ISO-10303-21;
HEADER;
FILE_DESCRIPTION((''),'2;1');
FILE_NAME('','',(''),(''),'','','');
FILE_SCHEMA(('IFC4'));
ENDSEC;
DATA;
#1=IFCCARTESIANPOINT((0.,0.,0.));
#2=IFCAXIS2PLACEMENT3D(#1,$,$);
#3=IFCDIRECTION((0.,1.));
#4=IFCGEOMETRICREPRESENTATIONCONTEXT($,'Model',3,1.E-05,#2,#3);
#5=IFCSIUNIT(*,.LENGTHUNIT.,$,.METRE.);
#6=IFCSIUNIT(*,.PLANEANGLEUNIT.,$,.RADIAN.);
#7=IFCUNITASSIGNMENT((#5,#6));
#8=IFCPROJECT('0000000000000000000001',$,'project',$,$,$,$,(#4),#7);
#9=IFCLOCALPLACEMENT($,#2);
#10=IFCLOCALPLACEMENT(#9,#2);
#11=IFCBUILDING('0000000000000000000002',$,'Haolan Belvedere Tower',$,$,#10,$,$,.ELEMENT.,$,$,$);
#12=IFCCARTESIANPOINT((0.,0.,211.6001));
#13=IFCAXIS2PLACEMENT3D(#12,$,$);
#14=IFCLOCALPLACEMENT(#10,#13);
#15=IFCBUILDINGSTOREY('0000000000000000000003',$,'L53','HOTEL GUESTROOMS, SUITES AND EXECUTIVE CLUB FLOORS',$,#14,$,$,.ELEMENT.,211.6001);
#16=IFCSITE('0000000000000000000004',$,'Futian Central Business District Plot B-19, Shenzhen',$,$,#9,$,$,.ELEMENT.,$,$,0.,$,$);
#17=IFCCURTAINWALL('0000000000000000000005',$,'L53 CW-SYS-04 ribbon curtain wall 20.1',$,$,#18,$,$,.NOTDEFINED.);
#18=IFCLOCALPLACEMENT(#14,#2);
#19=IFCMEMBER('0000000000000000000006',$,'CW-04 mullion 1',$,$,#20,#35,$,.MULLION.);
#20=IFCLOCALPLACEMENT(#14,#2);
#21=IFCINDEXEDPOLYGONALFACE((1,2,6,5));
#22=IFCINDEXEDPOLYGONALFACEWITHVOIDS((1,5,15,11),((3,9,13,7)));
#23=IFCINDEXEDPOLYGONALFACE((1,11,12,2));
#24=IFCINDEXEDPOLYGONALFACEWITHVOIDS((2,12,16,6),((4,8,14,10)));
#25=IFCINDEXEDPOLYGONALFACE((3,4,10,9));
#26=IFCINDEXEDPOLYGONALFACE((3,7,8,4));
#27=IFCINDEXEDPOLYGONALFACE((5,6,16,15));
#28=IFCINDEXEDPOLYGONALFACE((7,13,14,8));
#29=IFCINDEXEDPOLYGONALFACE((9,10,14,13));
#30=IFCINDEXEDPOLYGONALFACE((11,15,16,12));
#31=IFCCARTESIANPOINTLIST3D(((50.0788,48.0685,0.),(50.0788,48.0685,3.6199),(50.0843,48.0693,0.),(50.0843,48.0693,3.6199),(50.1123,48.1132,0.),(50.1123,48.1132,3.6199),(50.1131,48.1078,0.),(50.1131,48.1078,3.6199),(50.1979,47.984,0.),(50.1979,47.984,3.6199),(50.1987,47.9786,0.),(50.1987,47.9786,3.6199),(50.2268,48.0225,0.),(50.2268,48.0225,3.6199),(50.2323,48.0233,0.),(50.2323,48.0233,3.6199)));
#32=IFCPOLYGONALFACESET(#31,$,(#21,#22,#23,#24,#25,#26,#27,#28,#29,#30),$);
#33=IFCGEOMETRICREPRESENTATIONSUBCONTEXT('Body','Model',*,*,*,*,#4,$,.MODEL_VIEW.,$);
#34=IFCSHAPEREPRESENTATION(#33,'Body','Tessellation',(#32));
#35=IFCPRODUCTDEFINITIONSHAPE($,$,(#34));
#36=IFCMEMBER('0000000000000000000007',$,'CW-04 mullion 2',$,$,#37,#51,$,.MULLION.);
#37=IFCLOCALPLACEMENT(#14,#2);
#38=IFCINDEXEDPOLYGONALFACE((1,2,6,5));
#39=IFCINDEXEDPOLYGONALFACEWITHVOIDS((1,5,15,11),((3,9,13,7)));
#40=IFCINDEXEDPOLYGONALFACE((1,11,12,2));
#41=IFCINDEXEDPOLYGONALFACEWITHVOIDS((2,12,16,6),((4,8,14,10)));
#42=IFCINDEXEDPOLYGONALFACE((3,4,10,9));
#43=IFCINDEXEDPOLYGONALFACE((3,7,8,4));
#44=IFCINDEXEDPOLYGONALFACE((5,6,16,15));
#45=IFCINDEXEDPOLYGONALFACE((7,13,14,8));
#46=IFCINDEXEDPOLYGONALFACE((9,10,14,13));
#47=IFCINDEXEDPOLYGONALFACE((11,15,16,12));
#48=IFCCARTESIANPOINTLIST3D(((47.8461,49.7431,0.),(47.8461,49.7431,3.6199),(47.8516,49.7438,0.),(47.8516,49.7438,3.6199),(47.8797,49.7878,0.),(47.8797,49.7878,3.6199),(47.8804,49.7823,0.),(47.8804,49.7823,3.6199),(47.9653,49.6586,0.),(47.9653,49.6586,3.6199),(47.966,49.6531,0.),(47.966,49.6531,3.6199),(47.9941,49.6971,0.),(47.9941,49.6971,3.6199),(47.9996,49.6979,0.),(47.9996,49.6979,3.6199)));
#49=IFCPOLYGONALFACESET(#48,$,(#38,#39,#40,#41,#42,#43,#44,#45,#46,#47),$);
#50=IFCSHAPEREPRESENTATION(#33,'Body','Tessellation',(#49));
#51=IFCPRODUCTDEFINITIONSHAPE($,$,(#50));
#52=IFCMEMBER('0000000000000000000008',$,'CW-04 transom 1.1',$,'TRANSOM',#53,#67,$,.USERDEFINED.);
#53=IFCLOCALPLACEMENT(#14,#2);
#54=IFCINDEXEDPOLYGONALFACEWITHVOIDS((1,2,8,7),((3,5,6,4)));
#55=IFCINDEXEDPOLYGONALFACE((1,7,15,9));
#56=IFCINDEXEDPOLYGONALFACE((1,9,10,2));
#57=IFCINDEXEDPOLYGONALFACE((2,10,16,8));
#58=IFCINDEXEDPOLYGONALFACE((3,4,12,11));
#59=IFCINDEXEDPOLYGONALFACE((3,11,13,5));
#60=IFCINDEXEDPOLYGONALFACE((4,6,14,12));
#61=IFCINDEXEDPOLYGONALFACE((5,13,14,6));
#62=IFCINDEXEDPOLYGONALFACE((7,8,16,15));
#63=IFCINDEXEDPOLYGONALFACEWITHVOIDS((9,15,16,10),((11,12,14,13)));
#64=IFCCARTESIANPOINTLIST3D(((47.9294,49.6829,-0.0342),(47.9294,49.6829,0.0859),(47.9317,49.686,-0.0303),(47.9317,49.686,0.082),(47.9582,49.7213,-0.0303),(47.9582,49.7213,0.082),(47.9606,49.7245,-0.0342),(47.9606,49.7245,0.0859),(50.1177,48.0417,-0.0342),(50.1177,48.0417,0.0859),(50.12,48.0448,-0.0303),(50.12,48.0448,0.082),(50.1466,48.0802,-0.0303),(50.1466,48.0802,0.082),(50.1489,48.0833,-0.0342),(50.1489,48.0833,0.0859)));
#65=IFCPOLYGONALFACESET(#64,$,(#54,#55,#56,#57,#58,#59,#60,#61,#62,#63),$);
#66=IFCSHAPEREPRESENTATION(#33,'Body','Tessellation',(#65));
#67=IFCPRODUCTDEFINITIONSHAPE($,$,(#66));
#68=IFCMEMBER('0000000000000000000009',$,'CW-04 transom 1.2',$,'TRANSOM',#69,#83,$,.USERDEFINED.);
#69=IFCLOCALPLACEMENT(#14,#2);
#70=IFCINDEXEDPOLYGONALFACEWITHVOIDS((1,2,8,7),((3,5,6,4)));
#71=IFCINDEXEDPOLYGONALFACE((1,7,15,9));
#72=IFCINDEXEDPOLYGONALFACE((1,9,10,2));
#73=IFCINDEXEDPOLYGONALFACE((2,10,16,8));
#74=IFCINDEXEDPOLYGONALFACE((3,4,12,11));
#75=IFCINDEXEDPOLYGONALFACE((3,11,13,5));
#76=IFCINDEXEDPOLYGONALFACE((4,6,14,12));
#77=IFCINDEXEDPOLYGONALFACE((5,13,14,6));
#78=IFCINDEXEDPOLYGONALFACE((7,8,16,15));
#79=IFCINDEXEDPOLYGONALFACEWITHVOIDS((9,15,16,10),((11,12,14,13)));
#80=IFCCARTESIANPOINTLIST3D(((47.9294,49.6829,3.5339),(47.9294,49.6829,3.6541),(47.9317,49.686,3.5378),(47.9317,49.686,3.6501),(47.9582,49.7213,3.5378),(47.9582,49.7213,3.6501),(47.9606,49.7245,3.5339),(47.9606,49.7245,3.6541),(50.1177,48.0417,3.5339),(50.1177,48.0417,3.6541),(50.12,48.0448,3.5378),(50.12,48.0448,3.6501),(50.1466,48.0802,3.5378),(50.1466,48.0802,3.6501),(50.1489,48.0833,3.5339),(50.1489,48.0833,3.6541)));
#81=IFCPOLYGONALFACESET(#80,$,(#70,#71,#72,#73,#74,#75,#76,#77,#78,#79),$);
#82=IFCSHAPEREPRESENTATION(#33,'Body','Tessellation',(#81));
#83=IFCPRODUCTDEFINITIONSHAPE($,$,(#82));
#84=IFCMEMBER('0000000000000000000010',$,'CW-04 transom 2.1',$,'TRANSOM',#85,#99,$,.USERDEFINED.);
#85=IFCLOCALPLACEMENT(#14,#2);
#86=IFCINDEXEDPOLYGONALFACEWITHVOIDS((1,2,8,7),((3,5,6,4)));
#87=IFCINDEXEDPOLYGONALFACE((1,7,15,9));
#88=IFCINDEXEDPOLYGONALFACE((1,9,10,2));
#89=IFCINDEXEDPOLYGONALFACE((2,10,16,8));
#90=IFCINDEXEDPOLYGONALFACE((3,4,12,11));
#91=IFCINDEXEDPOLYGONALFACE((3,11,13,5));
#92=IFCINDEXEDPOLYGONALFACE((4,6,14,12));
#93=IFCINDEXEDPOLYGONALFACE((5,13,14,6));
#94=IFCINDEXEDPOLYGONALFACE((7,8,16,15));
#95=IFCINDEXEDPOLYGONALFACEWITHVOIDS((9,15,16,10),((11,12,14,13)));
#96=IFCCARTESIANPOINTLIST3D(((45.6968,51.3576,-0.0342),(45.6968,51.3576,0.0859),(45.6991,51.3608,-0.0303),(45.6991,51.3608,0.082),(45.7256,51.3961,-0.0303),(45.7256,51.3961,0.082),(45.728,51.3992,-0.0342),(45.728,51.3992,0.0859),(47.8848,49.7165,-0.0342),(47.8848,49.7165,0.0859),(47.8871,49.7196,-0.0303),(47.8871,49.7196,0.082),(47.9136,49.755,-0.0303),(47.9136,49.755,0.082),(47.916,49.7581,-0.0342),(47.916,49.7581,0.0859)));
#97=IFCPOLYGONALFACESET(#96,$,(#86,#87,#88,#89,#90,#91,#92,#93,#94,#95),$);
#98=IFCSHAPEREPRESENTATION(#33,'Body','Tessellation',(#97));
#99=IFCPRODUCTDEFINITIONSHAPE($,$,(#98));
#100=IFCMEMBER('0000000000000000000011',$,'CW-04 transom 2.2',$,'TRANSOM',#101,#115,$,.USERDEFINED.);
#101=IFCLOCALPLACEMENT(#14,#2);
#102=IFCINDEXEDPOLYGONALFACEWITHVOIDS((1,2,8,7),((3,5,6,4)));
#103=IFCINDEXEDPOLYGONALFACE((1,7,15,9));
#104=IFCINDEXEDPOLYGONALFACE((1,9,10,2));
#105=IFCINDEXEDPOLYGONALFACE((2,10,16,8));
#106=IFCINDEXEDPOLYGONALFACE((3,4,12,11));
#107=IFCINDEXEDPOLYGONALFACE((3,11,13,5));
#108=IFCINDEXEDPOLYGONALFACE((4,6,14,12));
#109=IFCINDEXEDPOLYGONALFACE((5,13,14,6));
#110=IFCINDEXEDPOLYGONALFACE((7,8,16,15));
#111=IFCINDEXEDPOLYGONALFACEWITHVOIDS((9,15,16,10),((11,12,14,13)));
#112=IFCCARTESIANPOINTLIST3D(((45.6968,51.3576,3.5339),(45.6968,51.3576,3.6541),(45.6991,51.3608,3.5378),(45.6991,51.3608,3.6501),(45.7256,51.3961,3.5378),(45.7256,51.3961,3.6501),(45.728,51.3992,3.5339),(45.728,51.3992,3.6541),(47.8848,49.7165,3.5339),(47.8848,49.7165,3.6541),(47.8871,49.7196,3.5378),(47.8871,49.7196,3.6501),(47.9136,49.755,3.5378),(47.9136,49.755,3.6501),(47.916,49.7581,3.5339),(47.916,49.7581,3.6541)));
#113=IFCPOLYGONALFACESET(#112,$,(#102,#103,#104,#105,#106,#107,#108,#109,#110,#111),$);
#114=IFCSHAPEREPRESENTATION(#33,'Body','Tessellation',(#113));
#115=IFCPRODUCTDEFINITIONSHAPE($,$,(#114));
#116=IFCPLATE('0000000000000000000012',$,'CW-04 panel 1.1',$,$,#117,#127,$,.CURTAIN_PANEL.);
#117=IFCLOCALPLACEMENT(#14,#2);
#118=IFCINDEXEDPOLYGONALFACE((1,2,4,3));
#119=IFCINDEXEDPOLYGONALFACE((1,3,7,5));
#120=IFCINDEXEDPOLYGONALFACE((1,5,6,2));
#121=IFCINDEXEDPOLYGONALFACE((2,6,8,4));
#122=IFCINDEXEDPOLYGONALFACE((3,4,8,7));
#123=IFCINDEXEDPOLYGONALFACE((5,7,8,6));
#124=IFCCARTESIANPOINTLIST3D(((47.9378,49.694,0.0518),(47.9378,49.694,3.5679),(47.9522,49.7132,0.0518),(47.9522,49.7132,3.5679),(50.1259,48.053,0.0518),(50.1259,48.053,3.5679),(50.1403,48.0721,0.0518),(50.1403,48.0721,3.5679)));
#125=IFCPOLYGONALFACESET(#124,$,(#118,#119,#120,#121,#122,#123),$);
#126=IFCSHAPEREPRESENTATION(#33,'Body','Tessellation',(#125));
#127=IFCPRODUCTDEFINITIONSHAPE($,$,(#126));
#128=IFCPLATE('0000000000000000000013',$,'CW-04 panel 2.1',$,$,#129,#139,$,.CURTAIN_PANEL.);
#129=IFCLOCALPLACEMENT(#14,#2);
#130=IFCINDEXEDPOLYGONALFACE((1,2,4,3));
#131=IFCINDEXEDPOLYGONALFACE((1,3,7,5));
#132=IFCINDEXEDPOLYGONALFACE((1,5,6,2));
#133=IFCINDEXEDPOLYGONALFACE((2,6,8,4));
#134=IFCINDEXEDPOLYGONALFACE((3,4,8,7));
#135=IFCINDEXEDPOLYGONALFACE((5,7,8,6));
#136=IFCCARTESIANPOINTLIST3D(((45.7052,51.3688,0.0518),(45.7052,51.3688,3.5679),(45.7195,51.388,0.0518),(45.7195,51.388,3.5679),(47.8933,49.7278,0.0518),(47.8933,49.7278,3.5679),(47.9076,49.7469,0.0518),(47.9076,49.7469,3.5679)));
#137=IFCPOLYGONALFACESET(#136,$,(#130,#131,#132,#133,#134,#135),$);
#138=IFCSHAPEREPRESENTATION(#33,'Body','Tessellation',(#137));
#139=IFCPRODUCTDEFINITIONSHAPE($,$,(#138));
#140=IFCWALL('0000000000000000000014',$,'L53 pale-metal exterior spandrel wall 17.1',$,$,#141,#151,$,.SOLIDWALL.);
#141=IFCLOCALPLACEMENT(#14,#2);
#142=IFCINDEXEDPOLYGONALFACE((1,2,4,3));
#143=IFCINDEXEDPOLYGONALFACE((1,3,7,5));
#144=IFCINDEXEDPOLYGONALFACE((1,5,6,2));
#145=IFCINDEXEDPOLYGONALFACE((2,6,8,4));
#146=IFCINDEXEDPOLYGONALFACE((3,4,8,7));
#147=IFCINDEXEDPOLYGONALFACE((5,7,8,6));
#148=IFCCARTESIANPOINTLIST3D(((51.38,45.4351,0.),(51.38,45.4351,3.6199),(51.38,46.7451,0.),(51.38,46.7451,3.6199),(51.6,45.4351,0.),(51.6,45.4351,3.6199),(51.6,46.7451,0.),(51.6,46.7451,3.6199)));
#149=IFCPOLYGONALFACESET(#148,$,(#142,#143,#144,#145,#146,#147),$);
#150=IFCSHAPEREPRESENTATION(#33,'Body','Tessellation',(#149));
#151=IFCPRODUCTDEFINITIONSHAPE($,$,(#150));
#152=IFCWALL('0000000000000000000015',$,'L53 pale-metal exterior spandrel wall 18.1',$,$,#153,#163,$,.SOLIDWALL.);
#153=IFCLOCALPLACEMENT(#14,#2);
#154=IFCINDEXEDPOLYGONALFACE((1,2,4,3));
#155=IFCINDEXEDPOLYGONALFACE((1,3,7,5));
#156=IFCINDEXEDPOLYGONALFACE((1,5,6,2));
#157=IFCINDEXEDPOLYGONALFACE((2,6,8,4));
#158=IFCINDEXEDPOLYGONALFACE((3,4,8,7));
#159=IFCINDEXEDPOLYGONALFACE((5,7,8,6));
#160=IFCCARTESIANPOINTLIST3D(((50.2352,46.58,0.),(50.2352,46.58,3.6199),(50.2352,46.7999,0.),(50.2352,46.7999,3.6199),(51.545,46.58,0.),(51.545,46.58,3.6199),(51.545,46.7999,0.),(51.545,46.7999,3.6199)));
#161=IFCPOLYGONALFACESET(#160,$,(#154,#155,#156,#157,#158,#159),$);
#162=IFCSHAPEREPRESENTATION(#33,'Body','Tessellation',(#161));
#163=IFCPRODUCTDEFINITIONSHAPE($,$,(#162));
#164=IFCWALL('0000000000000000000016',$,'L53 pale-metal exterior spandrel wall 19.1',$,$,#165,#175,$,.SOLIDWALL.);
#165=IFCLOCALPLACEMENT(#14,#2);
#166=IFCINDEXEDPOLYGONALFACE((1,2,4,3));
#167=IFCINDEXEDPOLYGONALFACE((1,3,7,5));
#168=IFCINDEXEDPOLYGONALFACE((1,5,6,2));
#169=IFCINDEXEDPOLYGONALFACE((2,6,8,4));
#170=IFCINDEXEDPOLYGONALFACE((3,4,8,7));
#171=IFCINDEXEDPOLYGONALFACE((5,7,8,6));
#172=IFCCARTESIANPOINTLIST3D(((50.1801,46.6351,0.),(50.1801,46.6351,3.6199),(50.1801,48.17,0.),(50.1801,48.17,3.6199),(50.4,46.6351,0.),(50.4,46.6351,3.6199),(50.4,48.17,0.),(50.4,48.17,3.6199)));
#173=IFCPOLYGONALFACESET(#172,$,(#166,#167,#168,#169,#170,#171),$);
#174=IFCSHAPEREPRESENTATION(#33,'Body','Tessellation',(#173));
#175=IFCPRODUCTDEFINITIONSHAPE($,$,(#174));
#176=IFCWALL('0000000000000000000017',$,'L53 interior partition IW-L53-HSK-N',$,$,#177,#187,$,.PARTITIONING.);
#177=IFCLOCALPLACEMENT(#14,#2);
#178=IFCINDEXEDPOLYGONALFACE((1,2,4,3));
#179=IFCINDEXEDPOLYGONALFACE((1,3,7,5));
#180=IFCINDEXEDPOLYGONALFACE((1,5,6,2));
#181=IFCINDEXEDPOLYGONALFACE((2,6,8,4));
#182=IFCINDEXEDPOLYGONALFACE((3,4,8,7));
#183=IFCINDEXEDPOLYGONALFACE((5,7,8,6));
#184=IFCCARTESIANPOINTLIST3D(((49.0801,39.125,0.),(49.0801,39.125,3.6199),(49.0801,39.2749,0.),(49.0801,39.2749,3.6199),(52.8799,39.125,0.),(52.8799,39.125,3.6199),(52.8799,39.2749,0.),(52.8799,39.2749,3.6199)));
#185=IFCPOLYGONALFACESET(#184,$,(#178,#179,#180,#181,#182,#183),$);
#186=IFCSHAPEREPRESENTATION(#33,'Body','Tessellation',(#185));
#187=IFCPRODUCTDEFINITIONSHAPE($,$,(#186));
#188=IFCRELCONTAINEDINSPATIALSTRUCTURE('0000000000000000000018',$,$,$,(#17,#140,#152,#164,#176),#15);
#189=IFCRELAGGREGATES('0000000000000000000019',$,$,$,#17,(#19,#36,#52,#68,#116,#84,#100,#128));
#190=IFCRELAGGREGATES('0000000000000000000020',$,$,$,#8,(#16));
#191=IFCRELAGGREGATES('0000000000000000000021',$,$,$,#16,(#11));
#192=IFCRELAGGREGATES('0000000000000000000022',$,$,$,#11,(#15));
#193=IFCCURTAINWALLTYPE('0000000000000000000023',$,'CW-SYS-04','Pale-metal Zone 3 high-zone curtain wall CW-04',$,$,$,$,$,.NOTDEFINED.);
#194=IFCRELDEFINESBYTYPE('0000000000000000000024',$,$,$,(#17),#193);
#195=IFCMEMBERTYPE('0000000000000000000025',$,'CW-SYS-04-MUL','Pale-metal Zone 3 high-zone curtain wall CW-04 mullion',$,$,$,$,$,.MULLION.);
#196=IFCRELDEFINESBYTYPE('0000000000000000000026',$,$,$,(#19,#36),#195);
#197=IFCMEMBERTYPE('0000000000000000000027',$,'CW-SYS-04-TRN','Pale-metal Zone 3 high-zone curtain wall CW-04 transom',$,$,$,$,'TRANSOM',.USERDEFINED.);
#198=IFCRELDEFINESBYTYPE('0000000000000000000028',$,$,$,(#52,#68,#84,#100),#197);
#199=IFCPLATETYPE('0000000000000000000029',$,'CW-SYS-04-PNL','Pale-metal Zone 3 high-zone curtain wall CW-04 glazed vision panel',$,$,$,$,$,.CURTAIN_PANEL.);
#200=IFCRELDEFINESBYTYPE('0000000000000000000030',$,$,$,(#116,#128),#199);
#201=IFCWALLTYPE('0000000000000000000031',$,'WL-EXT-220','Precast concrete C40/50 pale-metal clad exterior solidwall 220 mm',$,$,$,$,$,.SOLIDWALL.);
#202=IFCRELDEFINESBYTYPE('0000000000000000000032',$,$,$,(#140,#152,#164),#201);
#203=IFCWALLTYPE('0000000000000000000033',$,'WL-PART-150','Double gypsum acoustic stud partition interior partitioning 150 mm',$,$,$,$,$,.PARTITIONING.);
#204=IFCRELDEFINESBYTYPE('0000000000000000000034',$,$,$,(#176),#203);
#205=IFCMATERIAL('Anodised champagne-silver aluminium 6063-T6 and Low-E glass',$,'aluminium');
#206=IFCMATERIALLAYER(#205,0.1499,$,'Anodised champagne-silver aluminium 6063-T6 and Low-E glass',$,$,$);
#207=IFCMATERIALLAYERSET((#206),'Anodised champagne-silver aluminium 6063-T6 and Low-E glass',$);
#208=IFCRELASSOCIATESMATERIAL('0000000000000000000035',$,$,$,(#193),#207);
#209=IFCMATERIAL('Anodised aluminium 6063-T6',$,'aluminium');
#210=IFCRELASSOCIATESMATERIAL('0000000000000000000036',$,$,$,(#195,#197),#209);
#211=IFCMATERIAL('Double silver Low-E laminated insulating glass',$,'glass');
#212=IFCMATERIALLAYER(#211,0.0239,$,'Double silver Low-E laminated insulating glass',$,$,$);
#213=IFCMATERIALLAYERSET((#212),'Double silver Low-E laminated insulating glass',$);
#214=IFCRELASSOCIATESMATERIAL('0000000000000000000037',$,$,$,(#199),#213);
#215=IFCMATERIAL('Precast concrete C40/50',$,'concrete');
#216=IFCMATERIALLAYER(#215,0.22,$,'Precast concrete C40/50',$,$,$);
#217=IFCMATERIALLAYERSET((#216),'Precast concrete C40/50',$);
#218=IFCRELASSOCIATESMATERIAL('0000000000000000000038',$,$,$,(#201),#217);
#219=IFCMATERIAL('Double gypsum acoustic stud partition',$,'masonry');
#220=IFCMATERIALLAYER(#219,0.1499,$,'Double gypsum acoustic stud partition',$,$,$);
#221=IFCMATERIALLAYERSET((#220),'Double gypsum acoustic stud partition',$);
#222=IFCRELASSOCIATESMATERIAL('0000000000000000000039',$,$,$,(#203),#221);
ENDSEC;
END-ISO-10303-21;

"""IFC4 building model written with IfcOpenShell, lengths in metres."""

from ifc_helpers import new_model, si_unit, direction, frame, frame_2d, origin, origin_2d, place, context, subcontext, project, spatial, rectangle, hollow_rectangle, extrude, material, layer, layer_set, material_profile, profile_set, type_object, element, aggregate, save


model = new_model("IFC4")

# Units and contexts
model_context = context("Model", 3, precision=1e-05, world=origin(), true_north=direction((0.0, 1.0)))
body_context = subcontext(model_context, "Body", "Model", "MODEL_VIEW")
ifc_project = project(units=[si_unit("LENGTHUNIT", "METRE"), si_unit("PLANEANGLEUNIT", "RADIAN")], contexts=[model_context])

# Site, building, storey
site_placement = place(None, origin())
site = spatial("IfcSite", under=ifc_project, at=site_placement, Name="Futian Central Business District Plot B-19, Shenzhen", CompositionType="ELEMENT", RefElevation=0.0)
building_placement = place(site_placement, origin())
building = spatial("IfcBuilding", under=site, at=building_placement, Name="Haolan Belvedere Tower", CompositionType="ELEMENT")
storey_placement = place(building_placement, frame((0.0, 0.0, 211.6001)))
storey = spatial("IfcBuildingStorey", under=building, at=storey_placement, Name="L53", Description="HOTEL GUESTROOMS, SUITES AND EXECUTIVE CLUB FLOORS", CompositionType="ELEMENT", Elevation=211.6001)

# Curtain wall, members, plates
ifc_material_1 = material(Name="Anodised champagne-silver aluminium 6063-T6 and Low-E glass", Category="aluminium")
ifc_layer_1 = layer(ifc_material_1, 0.1499, Name="Anodised champagne-silver aluminium 6063-T6 and Low-E glass")
ifc_layer_set_1 = layer_set([ifc_layer_1], Name="Anodised champagne-silver aluminium 6063-T6 and Low-E glass")
curtain_wall_type = type_object("IfcCurtainWallType", Name="CW-SYS-04", Description="Pale-metal Zone 3 high-zone curtain wall CW-04", PredefinedType="NOTDEFINED", material=ifc_layer_set_1)
curtain_wall_placement = place(storey_placement, origin())
curtain_wall = element("IfcCurtainWall", 1, at=curtain_wall_placement, inside=storey, type_object=curtain_wall_type, Name="L53 CW-SYS-04 ribbon curtain wall 20.1", PredefinedType="NOTDEFINED")
ifc_material_2 = material(Name="Anodised aluminium 6063-T6", Category="aluminium")
ifc_material_profile_1 = material_profile(ifc_material_2, hollow_rectangle(XDim=0.0559, YDim=0.1499, WallThickness=0.0039, at=origin_2d()), Name="Anodised aluminium 6063-T6")
ifc_profile_set_1 = profile_set([ifc_material_profile_1], Name="Anodised aluminium 6063-T6")
member_type_1 = type_object("IfcMemberType", Name="CW-SYS-04-MUL", Description="Pale-metal Zone 3 high-zone curtain wall CW-04 mullion", PredefinedType="MULLION", material=ifc_profile_set_1)
member_1_placement = place(storey_placement, frame((50.1555, 48.0459, 0.0), z_axis=(0.0, 0.0, 1.0), x_axis=(-0.600003, -0.799998, 0.0)))
member_1 = element("IfcMember", 2, at=member_1_placement, type_object=member_type_1, Name="CW-04 mullion 1", PredefinedType="MULLION", context=body_context, shape_type="SweptSolid", body=[
    extrude(hollow_rectangle(XDim=0.0559, YDim=0.1499, WallThickness=0.0039, at=origin_2d()), origin(), (0.0, 0.0, 1.0), 3.6199),
])
member_2_placement = place(storey_placement, frame((47.9229, 49.7205, 0.0), z_axis=(0.0, 0.0, 1.0), x_axis=(-0.600003, -0.799998, 0.0)))
member_2 = element("IfcMember", 3, at=member_2_placement, type_object=member_type_1, Name="CW-04 mullion 2", PredefinedType="MULLION", context=body_context, shape_type="SweptSolid", body=[
    extrude(hollow_rectangle(XDim=0.0559, YDim=0.1499, WallThickness=0.0039, at=origin_2d()), origin(), (0.0, 0.0, 1.0), 3.6199),
])
ifc_material_profile_2 = material_profile(ifc_material_2, hollow_rectangle(XDim=0.052, YDim=0.1201, WallThickness=0.0039, at=origin_2d()), Name="Anodised aluminium 6063-T6")
ifc_profile_set_2 = profile_set([ifc_material_profile_2], Name="Anodised aluminium 6063-T6")
member_type_2 = type_object("IfcMemberType", Name="CW-SYS-04-TRN", Description="Pale-metal Zone 3 high-zone curtain wall CW-04 transom", ElementType="TRANSOM", PredefinedType="USERDEFINED", material=ifc_profile_set_2)
member_3_placement = place(storey_placement, frame((50.1333, 48.0625, 0.0259), z_axis=(-0.800011, 0.599986, 0.0), x_axis=(-0.599986, -0.800011, 0.0)))
member_3 = element("IfcMember", 4, at=member_3_placement, type_object=member_type_2, Name="CW-04 transom 1.1", ObjectType="TRANSOM", PredefinedType="USERDEFINED", context=body_context, shape_type="SweptSolid", body=[
    extrude(hollow_rectangle(XDim=0.052, YDim=0.1201, WallThickness=0.0039, at=origin_2d()), origin(), (0.0, 0.0, 1.0), 2.7354),
])
member_4_placement = place(storey_placement, frame((50.1333, 48.0625, 3.594), z_axis=(-0.800011, 0.599986, 0.0), x_axis=(-0.599986, -0.800011, 0.0)))
member_4 = element("IfcMember", 5, at=member_4_placement, type_object=member_type_2, Name="CW-04 transom 1.2", ObjectType="TRANSOM", PredefinedType="USERDEFINED", context=body_context, shape_type="SweptSolid", body=[
    extrude(hollow_rectangle(XDim=0.052, YDim=0.1201, WallThickness=0.0039, at=origin_2d()), origin(), (0.0, 0.0, 1.0), 2.7354),
])
member_5_placement = place(storey_placement, frame((47.9004, 49.7373, 0.0259), z_axis=(-0.799979, 0.600029, 0.0), x_axis=(-0.600029, -0.799979, 0.0)))
member_5 = element("IfcMember", 6, at=member_5_placement, type_object=member_type_2, Name="CW-04 transom 2.1", ObjectType="TRANSOM", PredefinedType="USERDEFINED", context=body_context, shape_type="SweptSolid", body=[
    extrude(hollow_rectangle(XDim=0.052, YDim=0.1201, WallThickness=0.0039, at=origin_2d()), origin(), (0.0, 0.0, 1.0), 2.7351),
])
member_6_placement = place(storey_placement, frame((47.9004, 49.7373, 3.594), z_axis=(-0.799979, 0.600029, 0.0), x_axis=(-0.600029, -0.799979, 0.0)))
member_6 = element("IfcMember", 7, at=member_6_placement, type_object=member_type_2, Name="CW-04 transom 2.2", ObjectType="TRANSOM", PredefinedType="USERDEFINED", context=body_context, shape_type="SweptSolid", body=[
    extrude(hollow_rectangle(XDim=0.052, YDim=0.1201, WallThickness=0.0039, at=origin_2d()), origin(), (0.0, 0.0, 1.0), 2.7351),
])
ifc_material_3 = material(Name="Double silver Low-E laminated insulating glass", Category="glass")
ifc_layer_2 = layer(ifc_material_3, 0.0239, Name="Double silver Low-E laminated insulating glass")
ifc_layer_set_2 = layer_set([ifc_layer_2], Name="Double silver Low-E laminated insulating glass")
plate_type = type_object("IfcPlateType", Name="CW-SYS-04-PNL", Description="Pale-metal Zone 3 high-zone curtain wall CW-04 glazed vision panel", PredefinedType="CURTAIN_PANEL", material=ifc_layer_set_2)
plate_1_placement = place(storey_placement, frame((49.0391, 48.8831, 0.0518), z_axis=(0.0, 0.0, 1.0), x_axis=(-0.799998, 0.600003, 0.0)))
plate_1 = element("IfcPlate", 8, at=plate_1_placement, type_object=plate_type, Name="CW-04 panel 1.1", PredefinedType="CURTAIN_PANEL", context=body_context, shape_type="SweptSolid", body=[
    extrude(rectangle(XDim=2.7351, YDim=0.0239, at=origin_2d()), origin(), (0.0, 0.0, 1.0), 3.5161),
])
plate_2_placement = place(storey_placement, frame((46.8064, 50.5579, 0.0518), z_axis=(0.0, 0.0, 1.0), x_axis=(-0.799998, 0.600003, 0.0)))
plate_2 = element("IfcPlate", 9, at=plate_2_placement, type_object=plate_type, Name="CW-04 panel 2.1", PredefinedType="CURTAIN_PANEL", context=body_context, shape_type="SweptSolid", body=[
    extrude(rectangle(XDim=2.7351, YDim=0.0239, at=origin_2d()), origin(), (0.0, 0.0, 1.0), 3.5161),
])
aggregate(curtain_wall, [member_1, member_2, member_3, member_4, plate_1, member_5, member_6, plate_2])

# Walls
ifc_material_4 = material(Name="Precast concrete C40/50", Category="concrete")
ifc_layer_3 = layer(ifc_material_4, 0.22, Name="Precast concrete C40/50")
ifc_layer_set_3 = layer_set([ifc_layer_3], Name="Precast concrete C40/50")
wall_type_1 = type_object("IfcWallType", Name="WL-EXT-220", Description="Precast concrete C40/50 pale-metal clad exterior solidwall 220 mm", PredefinedType="SOLIDWALL", material=ifc_layer_set_3)
wall_1_placement = place(storey_placement, frame((51.49, 45.4351, 0.0), z_axis=(0.0, 0.0, 1.0), x_axis=(0.0, 1.0, 0.0)))
element("IfcWall", 10, at=wall_1_placement, inside=storey, type_object=wall_type_1, Name="L53 pale-metal exterior spandrel wall 17.1", PredefinedType="SOLIDWALL", context=body_context, shape_type="SweptSolid", body=[
    extrude(rectangle(XDim=1.3101, YDim=0.22, at=frame_2d((0.655, 0.0))), origin(), (0.0, 0.0, 1.0), 3.6199),
])
wall_2_placement = place(storey_placement, frame((51.5449, 46.6899, 0.0), z_axis=(0.0, 0.0, 1.0), x_axis=(-1.0, 0.0, 0.0)))
element("IfcWall", 11, at=wall_2_placement, inside=storey, type_object=wall_type_1, Name="L53 pale-metal exterior spandrel wall 18.1", PredefinedType="SOLIDWALL", context=body_context, shape_type="SweptSolid", body=[
    extrude(rectangle(XDim=1.3098, YDim=0.22, at=frame_2d((0.6548, 0.0))), origin(), (0.0, 0.0, 1.0), 3.6199),
])
wall_3_placement = place(storey_placement, frame((50.29, 46.635, 0.0), z_axis=(0.0, 0.0, 1.0), x_axis=(0.0, 1.0, 0.0)))
element("IfcWall", 12, at=wall_3_placement, inside=storey, type_object=wall_type_1, Name="L53 pale-metal exterior spandrel wall 19.1", PredefinedType="SOLIDWALL", context=body_context, shape_type="SweptSolid", body=[
    extrude(rectangle(XDim=1.5349, YDim=0.22, at=frame_2d((0.7676, 0.0))), origin(), (0.0, 0.0, 1.0), 3.6199),
])
ifc_material_5 = material(Name="Double gypsum acoustic stud partition", Category="masonry")
ifc_layer_4 = layer(ifc_material_5, 0.1499, Name="Double gypsum acoustic stud partition")
ifc_layer_set_4 = layer_set([ifc_layer_4], Name="Double gypsum acoustic stud partition")
wall_type_2 = type_object("IfcWallType", Name="WL-PART-150", Description="Double gypsum acoustic stud partition interior partitioning 150 mm", PredefinedType="PARTITIONING", material=ifc_layer_set_4)
for number, where, z_axis, x_axis, name in (
    (13, (49.0801, 39.2, 0.0), (0.0, 0.0, 1.0), (1.0, 0.0, 0.0), "L53 interior partition IW-L53-HSK-N"),
):
    element("IfcWall", number, at=place(storey_placement, frame(where, z_axis=z_axis, x_axis=x_axis)), inside=storey, type_object=wall_type_2, Name=name, PredefinedType="PARTITIONING", context=body_context, shape_type="SweptSolid", body=[
        extrude(rectangle(XDim=3.7998, YDim=0.1499, at=frame_2d((1.8999, 0.0))), origin(), (0.0, 0.0, 1.0), 3.6199),
    ])

save(model, "model.ifc")
